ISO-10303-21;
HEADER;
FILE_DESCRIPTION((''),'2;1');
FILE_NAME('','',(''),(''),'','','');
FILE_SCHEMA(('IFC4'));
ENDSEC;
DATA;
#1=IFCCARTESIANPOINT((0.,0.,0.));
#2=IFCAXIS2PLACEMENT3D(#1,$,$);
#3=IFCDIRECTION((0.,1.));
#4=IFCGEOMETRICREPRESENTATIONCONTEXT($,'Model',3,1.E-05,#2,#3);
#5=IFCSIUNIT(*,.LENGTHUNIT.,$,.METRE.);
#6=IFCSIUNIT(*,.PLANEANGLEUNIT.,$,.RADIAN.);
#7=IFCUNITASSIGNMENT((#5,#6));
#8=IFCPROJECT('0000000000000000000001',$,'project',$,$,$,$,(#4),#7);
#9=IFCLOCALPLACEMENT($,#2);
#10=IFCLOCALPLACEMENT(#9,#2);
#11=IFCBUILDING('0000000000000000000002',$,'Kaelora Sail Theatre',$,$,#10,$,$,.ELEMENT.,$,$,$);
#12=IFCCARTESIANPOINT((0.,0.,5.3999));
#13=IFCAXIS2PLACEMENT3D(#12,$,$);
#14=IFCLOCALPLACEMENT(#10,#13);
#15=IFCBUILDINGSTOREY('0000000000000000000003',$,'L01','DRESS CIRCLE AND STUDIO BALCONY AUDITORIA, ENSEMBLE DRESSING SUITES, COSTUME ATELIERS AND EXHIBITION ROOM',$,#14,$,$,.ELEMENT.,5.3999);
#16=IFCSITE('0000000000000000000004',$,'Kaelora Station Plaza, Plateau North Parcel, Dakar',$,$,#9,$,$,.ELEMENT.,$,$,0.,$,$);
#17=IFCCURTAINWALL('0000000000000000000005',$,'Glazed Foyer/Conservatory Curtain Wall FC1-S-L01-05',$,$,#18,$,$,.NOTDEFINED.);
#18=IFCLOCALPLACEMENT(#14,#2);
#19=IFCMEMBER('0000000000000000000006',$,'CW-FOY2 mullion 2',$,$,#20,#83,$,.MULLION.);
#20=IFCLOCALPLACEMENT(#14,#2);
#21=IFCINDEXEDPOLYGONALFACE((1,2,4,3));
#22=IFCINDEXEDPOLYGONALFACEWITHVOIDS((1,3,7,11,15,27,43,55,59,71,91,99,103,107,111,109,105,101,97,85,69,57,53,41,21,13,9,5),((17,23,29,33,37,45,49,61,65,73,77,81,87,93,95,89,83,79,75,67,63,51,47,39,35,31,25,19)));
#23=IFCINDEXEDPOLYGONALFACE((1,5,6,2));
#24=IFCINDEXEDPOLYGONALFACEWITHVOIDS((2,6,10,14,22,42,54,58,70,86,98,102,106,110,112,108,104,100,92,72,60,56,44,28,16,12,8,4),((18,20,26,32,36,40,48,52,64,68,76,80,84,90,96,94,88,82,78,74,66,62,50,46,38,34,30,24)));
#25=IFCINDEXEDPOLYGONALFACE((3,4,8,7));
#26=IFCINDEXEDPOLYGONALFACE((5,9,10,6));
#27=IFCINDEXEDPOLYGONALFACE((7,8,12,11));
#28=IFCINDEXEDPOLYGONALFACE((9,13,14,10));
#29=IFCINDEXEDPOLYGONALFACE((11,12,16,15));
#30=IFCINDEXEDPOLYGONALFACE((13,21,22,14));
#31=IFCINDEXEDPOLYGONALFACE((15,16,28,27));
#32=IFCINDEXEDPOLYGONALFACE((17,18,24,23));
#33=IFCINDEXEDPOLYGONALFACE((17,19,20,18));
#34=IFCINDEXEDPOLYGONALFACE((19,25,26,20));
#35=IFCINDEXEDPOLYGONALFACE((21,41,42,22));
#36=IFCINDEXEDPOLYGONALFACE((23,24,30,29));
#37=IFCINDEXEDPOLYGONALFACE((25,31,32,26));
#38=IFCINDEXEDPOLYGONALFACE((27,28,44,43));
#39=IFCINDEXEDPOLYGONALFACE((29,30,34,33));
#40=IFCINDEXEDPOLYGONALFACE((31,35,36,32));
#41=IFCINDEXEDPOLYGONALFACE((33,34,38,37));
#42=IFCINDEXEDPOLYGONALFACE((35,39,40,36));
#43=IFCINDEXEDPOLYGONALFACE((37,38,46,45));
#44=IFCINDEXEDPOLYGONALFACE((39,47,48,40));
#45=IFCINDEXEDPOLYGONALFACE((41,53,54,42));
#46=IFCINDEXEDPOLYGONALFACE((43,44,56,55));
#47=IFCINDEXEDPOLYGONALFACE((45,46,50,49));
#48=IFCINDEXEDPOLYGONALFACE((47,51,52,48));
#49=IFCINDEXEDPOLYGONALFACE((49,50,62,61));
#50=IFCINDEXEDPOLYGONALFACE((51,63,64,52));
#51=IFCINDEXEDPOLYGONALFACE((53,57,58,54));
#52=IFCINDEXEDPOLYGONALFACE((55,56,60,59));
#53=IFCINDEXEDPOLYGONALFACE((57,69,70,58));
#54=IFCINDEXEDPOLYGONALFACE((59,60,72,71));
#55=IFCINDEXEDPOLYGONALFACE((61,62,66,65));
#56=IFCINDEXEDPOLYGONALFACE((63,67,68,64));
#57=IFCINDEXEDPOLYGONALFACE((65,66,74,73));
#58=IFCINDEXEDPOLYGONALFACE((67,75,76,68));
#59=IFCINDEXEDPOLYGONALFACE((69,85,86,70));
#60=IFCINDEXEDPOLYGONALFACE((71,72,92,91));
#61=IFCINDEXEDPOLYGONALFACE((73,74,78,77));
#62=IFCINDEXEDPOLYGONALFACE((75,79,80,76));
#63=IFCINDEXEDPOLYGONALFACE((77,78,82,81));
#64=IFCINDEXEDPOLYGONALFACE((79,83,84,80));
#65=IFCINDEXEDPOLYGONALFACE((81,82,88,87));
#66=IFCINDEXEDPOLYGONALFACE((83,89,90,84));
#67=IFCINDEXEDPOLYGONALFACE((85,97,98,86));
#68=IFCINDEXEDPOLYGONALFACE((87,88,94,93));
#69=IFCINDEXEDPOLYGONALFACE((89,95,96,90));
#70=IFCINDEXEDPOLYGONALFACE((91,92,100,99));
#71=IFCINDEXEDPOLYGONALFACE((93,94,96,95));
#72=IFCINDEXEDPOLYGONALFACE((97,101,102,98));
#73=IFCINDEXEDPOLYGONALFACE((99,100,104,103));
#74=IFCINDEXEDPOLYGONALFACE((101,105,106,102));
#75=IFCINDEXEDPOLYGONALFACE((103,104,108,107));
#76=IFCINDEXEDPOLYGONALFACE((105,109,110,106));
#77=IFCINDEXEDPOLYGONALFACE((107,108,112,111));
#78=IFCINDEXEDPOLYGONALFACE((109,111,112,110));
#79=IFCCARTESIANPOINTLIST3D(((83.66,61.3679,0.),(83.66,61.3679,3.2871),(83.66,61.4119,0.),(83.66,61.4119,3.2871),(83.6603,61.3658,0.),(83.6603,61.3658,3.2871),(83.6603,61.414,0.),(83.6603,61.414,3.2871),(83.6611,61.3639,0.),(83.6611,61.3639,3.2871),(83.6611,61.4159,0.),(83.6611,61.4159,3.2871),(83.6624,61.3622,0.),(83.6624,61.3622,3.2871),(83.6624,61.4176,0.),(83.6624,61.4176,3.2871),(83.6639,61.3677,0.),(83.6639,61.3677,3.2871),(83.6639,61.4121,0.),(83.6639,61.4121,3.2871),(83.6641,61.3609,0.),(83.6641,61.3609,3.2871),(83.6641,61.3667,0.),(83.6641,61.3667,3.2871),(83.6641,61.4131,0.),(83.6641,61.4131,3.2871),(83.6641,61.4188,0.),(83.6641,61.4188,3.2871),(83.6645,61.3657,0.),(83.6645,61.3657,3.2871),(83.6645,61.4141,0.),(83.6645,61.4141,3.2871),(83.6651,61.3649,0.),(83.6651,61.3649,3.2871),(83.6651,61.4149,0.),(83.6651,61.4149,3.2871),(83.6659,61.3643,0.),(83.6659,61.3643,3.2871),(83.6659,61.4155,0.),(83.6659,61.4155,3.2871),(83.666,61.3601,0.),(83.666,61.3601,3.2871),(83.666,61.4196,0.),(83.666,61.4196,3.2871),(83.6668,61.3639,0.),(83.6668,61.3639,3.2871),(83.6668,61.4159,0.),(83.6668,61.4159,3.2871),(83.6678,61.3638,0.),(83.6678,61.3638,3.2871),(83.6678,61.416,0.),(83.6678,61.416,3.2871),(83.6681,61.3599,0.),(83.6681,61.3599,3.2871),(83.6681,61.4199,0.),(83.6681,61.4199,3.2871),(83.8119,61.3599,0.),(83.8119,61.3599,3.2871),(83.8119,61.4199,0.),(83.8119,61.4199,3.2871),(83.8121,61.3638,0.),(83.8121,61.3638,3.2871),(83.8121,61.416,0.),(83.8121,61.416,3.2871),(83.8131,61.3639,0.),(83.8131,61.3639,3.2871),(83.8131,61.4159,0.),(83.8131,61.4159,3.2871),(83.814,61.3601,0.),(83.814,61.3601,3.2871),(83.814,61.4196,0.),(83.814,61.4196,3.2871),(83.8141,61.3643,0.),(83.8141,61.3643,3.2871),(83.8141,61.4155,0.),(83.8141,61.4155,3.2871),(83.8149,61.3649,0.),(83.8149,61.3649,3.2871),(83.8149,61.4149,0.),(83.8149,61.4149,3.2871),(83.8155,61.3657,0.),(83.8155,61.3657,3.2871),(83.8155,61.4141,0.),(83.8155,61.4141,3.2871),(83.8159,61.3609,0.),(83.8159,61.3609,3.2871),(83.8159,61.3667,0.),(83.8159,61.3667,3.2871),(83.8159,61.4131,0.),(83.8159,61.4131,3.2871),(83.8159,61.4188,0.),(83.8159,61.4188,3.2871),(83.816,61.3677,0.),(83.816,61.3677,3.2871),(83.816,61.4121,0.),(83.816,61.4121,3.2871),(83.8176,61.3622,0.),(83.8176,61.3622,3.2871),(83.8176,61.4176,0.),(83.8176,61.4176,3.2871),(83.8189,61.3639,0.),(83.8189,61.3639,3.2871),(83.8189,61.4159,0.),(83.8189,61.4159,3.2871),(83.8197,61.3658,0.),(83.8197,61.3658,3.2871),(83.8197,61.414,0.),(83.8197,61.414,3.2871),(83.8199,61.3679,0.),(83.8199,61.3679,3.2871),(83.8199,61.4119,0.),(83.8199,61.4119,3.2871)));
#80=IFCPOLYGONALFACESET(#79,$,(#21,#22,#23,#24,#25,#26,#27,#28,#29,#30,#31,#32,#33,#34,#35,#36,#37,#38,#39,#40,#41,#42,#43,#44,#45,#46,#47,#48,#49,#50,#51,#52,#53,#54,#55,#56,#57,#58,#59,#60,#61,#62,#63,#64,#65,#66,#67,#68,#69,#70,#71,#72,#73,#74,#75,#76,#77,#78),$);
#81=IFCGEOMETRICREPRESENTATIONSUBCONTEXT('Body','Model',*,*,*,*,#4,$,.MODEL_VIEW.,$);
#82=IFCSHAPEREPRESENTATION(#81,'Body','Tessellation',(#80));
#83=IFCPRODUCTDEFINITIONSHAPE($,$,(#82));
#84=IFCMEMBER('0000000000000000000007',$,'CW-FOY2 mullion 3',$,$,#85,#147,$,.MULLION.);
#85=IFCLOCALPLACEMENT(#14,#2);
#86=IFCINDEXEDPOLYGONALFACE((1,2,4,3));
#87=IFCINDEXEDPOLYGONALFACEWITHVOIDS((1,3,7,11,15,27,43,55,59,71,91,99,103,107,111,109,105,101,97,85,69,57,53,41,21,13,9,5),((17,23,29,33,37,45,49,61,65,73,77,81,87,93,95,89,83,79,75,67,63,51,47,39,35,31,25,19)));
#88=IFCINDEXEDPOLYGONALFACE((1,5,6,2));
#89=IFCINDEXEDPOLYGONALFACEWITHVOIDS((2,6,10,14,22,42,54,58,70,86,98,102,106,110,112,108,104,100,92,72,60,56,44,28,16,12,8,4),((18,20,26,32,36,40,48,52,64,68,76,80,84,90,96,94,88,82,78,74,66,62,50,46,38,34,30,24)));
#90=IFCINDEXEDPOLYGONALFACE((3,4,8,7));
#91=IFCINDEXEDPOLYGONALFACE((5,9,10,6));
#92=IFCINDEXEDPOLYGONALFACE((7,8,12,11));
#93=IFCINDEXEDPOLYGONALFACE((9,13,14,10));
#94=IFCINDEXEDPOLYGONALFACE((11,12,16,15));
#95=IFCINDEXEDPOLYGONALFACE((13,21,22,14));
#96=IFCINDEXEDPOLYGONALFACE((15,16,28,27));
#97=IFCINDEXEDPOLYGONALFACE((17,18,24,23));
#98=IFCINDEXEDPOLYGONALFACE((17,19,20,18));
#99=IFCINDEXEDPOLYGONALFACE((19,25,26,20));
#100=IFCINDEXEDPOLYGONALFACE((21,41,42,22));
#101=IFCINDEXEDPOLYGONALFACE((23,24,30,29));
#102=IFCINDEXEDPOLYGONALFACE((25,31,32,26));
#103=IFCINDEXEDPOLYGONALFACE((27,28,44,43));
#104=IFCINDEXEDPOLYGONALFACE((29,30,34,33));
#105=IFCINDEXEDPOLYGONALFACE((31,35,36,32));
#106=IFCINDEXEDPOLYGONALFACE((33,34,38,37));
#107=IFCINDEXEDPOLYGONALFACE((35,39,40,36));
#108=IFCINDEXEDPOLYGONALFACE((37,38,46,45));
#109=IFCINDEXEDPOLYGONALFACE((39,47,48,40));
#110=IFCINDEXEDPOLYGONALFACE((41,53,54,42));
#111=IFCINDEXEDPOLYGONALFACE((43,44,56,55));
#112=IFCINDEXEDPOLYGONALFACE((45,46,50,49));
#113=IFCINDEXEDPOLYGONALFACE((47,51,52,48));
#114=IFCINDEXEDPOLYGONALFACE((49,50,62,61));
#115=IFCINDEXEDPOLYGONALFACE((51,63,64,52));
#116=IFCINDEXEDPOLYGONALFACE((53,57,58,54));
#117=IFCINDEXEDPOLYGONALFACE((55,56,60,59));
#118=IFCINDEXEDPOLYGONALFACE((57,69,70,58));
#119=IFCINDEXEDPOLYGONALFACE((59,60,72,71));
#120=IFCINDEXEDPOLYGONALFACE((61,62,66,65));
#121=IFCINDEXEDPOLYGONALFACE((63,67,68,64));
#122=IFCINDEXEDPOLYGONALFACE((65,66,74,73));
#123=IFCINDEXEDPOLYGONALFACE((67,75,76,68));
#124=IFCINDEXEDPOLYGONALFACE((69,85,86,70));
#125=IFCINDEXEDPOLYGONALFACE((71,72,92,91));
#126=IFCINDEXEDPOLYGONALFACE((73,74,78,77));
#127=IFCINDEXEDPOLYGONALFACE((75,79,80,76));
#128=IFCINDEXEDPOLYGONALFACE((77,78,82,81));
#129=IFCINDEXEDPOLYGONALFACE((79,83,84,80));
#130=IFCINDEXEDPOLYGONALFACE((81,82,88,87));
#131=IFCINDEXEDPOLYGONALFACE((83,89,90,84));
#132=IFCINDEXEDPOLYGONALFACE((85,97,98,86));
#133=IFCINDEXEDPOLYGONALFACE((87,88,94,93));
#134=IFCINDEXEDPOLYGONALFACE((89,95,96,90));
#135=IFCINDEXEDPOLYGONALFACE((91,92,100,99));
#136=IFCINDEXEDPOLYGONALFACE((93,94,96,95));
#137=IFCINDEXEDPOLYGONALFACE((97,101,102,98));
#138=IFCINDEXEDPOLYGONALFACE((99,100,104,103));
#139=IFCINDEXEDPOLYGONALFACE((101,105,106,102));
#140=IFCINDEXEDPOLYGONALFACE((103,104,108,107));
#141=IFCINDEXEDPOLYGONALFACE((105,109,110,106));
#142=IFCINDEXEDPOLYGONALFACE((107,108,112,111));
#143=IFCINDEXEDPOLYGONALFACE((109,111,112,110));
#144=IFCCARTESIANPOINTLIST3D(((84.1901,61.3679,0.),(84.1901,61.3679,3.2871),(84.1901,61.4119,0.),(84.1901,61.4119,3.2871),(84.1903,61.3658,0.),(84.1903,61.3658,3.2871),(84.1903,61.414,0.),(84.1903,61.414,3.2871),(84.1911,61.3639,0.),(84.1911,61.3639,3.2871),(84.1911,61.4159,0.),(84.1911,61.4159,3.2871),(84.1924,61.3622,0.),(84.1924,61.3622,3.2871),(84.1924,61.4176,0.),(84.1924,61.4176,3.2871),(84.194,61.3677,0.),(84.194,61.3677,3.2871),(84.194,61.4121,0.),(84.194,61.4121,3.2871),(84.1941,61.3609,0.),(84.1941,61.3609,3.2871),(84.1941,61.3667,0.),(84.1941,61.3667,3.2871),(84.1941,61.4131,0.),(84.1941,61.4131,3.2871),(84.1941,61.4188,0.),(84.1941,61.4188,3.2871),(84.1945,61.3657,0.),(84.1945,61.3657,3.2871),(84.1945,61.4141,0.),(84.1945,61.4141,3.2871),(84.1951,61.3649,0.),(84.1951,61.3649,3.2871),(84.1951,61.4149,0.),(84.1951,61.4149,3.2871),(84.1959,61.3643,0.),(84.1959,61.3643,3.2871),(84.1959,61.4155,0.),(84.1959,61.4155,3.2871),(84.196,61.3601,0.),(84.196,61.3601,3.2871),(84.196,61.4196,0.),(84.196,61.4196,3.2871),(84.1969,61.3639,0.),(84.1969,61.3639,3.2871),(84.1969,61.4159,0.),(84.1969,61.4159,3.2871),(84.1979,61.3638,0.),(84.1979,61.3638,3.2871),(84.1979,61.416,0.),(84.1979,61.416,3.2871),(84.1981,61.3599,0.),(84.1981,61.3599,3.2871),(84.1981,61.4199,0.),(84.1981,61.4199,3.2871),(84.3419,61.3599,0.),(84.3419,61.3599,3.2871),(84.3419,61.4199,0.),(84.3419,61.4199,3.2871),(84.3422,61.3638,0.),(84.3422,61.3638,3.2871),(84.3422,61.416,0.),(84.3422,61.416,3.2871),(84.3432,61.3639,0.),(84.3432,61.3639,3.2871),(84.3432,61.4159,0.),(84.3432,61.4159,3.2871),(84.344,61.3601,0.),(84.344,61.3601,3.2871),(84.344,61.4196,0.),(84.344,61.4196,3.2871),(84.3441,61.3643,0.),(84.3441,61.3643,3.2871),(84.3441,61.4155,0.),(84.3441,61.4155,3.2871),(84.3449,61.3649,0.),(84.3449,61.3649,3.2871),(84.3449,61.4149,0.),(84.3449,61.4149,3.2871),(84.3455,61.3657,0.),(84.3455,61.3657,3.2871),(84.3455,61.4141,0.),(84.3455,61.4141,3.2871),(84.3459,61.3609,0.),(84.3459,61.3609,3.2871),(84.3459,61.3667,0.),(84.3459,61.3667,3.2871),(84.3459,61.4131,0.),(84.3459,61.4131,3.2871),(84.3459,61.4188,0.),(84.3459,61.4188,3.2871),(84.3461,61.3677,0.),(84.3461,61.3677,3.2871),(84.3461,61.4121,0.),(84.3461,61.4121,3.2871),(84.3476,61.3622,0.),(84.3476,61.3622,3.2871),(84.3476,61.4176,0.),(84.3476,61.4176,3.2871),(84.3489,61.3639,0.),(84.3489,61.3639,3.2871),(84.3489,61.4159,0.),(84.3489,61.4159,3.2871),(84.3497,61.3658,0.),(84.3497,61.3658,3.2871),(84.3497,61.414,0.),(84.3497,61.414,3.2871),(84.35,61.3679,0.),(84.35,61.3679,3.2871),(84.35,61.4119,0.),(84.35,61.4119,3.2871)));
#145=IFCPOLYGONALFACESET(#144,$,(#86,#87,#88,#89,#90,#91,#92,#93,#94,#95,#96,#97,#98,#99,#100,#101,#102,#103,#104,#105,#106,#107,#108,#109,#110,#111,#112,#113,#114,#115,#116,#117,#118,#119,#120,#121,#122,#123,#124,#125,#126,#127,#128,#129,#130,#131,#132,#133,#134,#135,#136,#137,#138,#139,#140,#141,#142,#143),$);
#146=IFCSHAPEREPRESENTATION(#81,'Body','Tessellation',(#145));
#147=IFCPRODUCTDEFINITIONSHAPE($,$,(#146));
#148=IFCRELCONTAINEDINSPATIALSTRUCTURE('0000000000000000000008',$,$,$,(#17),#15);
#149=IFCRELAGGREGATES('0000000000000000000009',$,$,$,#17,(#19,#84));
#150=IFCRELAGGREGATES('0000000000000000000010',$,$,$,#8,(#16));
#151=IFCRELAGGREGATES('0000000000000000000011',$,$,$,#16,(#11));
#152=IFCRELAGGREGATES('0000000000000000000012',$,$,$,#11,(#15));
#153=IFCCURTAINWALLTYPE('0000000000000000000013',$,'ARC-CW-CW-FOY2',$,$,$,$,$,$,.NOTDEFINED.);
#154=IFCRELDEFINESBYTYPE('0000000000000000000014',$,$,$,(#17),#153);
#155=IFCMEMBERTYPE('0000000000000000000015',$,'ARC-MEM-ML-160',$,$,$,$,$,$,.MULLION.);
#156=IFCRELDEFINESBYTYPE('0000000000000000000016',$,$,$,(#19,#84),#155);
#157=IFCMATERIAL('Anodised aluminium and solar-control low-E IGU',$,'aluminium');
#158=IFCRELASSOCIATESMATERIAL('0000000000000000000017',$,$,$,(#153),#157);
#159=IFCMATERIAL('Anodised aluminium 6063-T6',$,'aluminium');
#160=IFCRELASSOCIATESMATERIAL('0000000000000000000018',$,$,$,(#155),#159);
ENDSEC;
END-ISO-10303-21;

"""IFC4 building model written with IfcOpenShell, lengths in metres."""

from ifc_helpers import new_model, si_unit, direction, frame, origin, origin_2d, place, context, subcontext, project, spatial, hollow_rectangle, extrude, material, material_profile, profile_set, type_object, element, aggregate, save


model = new_model("IFC4")

# Units and contexts
model_context = context("Model", 3, precision=1e-05, world=origin(), true_north=direction((0.0, 1.0)))
body_context = subcontext(model_context, "Body", "Model", "MODEL_VIEW")
ifc_project = project(units=[si_unit("LENGTHUNIT", "METRE"), si_unit("PLANEANGLEUNIT", "RADIAN")], contexts=[model_context])

# Site, building, storey
site_placement = place(None, origin())
site = spatial("IfcSite", under=ifc_project, at=site_placement, Name="Kaelora Station Plaza, Plateau North Parcel, Dakar", CompositionType="ELEMENT", RefElevation=0.0)
building_placement = place(site_placement, origin())
building = spatial("IfcBuilding", under=site, at=building_placement, Name="Kaelora Sail Theatre", CompositionType="ELEMENT")
storey_placement = place(building_placement, frame((0.0, 0.0, 5.3999)))
storey = spatial("IfcBuildingStorey", under=building, at=storey_placement, Name="L01", Description="DRESS CIRCLE AND STUDIO BALCONY AUDITORIA, ENSEMBLE DRESSING SUITES, COSTUME ATELIERS AND EXHIBITION ROOM", CompositionType="ELEMENT", Elevation=5.3999)

# Curtain wall, members
ifc_material_1 = material(Name="Anodised aluminium and solar-control low-E IGU", Category="aluminium")
curtain_wall_type = type_object("IfcCurtainWallType", Name="ARC-CW-CW-FOY2", PredefinedType="NOTDEFINED", material=ifc_material_1)
curtain_wall_1_placement = place(storey_placement, origin())
curtain_wall_1 = element("IfcCurtainWall", 1, at=curtain_wall_1_placement, inside=storey, type_object=curtain_wall_type, Name="Glazed Foyer/Conservatory Curtain Wall FC1-S-L01-05", PredefinedType="NOTDEFINED")
ifc_material_2 = material(Name="Anodised aluminium 6063-T6", Category="aluminium")
ifc_material_profile_1 = material_profile(ifc_material_2, hollow_rectangle(XDim=0.0601, YDim=0.1599, WallThickness=0.0039, InnerFilletRadius=0.0039, OuterFilletRadius=0.0081, at=origin_2d()), Name="ALU-MULL 60x160x4")
ifc_profile_set_1 = profile_set([ifc_material_profile_1], Name="Anodised aluminium 6063-T6")
member_type_1 = type_object("IfcMemberType", Name="ARC-MEM-ML-160", PredefinedType="MULLION", material=ifc_profile_set_1)
member_1_placement = place(storey_placement, frame((83.74, 61.3899, 0.0), z_axis=(0.0, 0.0, 1.0), x_axis=(0.0, 1.0, 0.0)))
member_1 = element("IfcMember", 2, at=member_1_placement, type_object=member_type_1, Name="CW-FOY2 mullion 2", PredefinedType="MULLION", context=body_context, shape_type="SweptSolid", body=[
    extrude(hollow_rectangle(XDim=0.0601, YDim=0.1599, WallThickness=0.0039, InnerFilletRadius=0.0039, OuterFilletRadius=0.0081, at=origin_2d()), origin(), (0.0, 0.0, 1.0), 3.2871),
])
member_2_placement = place(storey_placement, frame((84.27, 61.3899, 0.0), z_axis=(0.0, 0.0, 1.0), x_axis=(0.0, 1.0, 0.0)))
member_2 = element("IfcMember", 3, at=member_2_placement, type_object=member_type_1, Name="CW-FOY2 mullion 3", PredefinedType="MULLION", context=body_context, shape_type="SweptSolid", body=[
    extrude(hollow_rectangle(XDim=0.0601, YDim=0.1599, WallThickness=0.0039, InnerFilletRadius=0.0039, OuterFilletRadius=0.0081, at=origin_2d()), origin(), (0.0, 0.0, 1.0), 3.2871),
])

aggregate(curtain_wall_1, [member_1, member_2])

save(model, "model.ifc")
